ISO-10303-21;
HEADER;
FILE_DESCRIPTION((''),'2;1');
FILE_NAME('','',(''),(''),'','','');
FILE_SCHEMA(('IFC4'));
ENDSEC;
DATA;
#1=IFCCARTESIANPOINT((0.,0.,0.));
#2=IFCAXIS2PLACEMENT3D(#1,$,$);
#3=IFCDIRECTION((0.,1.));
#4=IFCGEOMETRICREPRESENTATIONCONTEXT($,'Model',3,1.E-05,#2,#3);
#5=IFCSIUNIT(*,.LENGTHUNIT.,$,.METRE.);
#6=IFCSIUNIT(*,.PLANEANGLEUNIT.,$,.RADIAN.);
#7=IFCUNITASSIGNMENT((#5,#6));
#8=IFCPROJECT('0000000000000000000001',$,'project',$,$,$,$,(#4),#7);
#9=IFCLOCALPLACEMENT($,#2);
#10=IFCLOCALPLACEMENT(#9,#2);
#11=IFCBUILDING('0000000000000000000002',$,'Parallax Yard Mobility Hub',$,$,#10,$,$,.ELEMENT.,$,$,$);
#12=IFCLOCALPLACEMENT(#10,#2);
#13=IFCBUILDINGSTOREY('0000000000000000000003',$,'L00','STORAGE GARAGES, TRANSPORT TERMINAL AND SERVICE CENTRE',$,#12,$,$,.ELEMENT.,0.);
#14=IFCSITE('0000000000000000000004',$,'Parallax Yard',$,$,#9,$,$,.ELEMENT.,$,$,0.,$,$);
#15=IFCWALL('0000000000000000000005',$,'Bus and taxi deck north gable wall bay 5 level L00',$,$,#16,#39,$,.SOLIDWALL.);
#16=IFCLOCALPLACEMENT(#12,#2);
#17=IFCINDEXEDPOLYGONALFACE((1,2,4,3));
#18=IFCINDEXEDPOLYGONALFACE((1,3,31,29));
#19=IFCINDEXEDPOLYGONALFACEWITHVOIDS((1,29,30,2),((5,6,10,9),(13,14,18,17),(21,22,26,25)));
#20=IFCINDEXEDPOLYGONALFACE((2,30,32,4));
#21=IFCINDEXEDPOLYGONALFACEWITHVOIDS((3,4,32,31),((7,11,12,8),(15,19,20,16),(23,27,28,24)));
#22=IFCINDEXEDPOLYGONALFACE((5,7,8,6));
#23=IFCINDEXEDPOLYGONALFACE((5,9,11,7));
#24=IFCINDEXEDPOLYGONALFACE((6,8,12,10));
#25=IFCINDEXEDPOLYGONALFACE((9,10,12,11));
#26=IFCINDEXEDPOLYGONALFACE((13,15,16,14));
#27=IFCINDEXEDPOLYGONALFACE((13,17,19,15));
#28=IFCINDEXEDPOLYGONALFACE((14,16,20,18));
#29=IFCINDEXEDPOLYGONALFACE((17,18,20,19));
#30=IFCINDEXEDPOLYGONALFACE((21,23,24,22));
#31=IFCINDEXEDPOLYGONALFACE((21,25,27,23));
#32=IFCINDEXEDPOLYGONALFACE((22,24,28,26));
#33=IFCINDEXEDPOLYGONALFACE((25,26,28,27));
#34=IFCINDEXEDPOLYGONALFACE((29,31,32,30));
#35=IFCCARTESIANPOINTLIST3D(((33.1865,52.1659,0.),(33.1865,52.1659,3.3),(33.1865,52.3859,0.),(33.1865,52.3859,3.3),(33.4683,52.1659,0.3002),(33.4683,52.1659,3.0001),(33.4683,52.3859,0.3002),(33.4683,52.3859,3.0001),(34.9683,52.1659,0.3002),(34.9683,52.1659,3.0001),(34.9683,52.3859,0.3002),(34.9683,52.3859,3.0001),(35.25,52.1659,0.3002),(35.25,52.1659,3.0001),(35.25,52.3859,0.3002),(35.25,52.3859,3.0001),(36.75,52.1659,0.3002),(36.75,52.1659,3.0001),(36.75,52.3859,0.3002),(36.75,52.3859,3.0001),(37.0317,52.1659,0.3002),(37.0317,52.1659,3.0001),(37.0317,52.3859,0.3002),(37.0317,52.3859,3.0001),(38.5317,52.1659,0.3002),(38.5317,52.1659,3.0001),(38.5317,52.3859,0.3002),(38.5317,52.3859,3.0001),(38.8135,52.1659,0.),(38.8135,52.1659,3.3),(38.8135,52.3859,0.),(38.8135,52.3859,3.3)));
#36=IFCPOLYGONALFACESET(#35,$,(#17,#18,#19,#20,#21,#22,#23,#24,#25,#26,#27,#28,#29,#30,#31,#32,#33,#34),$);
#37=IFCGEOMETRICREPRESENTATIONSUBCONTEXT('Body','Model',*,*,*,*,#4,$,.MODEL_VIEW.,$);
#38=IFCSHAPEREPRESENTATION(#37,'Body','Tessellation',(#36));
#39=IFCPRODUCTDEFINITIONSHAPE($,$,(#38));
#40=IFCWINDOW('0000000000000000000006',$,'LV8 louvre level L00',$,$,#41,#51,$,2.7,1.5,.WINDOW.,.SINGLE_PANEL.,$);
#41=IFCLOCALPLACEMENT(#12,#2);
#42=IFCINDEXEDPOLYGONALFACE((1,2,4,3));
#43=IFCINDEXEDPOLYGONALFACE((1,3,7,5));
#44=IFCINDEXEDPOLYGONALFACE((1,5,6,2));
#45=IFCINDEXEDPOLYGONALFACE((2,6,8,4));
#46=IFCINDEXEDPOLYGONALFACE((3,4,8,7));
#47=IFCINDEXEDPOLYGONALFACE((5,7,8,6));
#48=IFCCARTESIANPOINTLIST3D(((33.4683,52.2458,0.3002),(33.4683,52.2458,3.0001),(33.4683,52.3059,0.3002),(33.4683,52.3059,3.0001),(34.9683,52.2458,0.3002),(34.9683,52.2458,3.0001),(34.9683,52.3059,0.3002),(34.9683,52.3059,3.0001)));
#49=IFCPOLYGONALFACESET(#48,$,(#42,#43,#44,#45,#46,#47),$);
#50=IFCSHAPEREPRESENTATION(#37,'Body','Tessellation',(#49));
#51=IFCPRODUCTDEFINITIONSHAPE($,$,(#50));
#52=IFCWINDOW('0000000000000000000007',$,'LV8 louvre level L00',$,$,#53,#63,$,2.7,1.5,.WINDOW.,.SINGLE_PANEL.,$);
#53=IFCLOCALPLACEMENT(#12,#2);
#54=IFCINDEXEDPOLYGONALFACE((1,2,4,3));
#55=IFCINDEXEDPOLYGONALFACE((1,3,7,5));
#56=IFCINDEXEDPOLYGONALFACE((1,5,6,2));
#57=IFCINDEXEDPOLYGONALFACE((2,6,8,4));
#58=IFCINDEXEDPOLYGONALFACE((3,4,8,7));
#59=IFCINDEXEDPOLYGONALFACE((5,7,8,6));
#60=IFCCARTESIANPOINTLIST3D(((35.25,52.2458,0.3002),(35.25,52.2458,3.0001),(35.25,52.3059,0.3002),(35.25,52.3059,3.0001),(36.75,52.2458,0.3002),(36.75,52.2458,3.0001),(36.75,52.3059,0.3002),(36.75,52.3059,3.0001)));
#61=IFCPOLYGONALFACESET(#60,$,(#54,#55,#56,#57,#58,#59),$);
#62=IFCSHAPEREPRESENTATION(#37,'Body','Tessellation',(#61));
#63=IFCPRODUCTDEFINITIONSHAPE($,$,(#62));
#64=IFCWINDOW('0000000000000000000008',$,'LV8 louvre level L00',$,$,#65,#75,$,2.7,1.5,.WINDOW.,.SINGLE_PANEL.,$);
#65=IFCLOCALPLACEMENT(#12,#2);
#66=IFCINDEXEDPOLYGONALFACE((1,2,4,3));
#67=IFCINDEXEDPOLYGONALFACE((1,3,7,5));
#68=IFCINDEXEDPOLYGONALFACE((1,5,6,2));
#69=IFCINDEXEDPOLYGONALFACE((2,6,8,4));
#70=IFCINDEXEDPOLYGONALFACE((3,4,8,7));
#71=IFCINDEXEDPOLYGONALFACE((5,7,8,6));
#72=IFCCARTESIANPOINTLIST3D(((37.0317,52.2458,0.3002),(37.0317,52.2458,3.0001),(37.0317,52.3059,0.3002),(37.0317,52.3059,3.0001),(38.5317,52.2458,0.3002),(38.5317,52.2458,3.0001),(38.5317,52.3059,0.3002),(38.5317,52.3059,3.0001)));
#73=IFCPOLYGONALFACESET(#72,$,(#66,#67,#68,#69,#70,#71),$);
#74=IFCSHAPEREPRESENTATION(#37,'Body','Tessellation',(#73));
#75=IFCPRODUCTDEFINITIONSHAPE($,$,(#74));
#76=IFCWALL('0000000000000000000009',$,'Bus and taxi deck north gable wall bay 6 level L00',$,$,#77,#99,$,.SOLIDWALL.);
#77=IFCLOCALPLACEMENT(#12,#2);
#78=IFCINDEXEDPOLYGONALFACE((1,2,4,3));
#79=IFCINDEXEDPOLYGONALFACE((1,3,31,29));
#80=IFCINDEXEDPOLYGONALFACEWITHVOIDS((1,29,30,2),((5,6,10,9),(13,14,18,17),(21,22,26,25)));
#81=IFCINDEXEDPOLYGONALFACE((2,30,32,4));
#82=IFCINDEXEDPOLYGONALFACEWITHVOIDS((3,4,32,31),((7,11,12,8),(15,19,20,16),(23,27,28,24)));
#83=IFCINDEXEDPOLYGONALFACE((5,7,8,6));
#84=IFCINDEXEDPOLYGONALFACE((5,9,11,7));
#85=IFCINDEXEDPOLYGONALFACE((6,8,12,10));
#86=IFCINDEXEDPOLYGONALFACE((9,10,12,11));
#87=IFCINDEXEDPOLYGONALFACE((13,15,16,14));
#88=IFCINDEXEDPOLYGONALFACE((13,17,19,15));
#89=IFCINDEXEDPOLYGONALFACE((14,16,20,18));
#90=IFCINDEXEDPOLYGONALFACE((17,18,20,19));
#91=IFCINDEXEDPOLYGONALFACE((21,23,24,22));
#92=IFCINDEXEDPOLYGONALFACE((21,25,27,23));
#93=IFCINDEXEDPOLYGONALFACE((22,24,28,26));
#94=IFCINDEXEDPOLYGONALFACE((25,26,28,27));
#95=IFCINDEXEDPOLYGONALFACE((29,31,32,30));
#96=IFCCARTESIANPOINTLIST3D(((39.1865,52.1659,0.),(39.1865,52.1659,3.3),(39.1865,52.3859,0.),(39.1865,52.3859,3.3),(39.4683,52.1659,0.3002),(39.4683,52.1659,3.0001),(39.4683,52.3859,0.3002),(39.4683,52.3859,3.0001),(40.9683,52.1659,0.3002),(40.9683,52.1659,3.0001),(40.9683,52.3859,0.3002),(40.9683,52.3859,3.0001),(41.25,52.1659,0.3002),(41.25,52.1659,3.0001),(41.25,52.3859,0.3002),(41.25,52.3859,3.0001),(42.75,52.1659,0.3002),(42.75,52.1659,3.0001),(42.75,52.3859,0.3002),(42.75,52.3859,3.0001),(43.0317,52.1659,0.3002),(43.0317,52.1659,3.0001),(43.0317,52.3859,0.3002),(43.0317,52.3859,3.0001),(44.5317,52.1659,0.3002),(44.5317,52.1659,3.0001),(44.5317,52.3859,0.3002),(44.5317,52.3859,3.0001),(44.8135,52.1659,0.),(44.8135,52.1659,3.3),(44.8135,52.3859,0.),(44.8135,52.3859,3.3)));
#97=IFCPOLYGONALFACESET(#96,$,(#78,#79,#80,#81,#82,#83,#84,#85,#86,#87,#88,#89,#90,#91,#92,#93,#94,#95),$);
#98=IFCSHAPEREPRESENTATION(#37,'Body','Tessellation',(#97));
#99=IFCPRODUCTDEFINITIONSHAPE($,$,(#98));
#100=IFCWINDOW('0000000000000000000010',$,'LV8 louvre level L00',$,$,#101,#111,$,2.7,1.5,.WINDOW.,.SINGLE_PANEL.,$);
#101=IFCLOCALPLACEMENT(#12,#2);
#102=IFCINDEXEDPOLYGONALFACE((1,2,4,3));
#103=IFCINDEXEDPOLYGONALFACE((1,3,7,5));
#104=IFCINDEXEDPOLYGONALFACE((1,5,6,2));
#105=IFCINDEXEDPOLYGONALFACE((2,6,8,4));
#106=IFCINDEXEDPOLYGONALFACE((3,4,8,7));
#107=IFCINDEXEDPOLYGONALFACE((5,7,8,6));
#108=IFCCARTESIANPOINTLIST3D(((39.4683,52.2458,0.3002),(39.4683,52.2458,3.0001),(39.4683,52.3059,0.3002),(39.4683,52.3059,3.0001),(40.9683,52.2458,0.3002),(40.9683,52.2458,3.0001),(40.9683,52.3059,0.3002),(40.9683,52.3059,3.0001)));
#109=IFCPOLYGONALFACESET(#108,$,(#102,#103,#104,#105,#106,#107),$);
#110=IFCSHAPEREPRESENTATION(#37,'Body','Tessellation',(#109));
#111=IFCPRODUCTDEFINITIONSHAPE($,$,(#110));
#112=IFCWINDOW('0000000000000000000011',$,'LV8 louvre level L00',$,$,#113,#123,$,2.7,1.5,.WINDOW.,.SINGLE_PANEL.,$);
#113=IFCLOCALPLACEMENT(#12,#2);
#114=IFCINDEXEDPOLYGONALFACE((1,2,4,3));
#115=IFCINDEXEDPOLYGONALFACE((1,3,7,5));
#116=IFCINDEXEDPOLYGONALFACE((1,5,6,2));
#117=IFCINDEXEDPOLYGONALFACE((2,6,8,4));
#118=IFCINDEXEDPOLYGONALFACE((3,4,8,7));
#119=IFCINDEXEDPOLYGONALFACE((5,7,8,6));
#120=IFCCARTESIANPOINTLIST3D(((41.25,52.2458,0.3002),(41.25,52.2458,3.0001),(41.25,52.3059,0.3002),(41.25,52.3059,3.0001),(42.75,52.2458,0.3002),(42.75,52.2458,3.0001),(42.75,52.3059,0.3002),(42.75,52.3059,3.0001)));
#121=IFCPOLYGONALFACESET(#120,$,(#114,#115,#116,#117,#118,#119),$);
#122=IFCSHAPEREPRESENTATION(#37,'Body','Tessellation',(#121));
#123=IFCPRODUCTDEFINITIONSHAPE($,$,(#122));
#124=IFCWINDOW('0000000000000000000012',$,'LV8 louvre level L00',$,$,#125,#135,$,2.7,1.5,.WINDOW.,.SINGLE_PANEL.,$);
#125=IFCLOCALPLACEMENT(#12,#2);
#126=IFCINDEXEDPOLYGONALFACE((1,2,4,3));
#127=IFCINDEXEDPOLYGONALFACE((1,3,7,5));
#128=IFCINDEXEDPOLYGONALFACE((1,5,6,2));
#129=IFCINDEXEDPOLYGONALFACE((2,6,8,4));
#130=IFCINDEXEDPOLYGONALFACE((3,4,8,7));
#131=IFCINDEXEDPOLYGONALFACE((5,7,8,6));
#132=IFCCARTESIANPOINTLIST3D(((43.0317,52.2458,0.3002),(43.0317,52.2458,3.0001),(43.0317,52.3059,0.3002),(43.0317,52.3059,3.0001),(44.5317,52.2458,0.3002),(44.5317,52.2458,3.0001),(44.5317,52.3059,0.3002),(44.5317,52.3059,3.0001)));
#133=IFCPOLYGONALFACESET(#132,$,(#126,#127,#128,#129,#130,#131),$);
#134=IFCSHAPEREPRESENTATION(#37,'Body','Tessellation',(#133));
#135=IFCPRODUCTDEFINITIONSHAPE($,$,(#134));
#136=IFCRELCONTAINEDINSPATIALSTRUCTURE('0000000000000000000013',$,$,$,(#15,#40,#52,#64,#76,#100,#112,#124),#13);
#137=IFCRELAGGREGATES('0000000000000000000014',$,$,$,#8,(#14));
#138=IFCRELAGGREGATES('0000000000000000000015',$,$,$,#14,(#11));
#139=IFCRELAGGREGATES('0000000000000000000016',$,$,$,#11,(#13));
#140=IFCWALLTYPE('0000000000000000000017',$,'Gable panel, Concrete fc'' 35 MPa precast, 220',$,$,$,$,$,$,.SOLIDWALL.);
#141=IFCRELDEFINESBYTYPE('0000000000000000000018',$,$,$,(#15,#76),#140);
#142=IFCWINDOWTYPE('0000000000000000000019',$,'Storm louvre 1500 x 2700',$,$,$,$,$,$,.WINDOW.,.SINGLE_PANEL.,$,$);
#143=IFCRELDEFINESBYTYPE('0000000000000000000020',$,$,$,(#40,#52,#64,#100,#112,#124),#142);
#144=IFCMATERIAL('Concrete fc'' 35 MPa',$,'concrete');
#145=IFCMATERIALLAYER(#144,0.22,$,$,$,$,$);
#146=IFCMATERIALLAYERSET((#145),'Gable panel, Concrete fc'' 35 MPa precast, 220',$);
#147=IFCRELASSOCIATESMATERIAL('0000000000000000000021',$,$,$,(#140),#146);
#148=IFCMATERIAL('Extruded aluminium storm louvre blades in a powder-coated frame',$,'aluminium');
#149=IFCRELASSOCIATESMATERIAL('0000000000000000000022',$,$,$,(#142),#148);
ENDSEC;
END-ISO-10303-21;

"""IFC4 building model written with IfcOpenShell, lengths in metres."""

from ifc_helpers import new_model, si_unit, direction, frame, frame_2d, origin, place, context, subcontext, project, spatial, rectangle, extrude, material, layer, layer_set, type_object, element, fill, save


model = new_model("IFC4")

# Units and contexts
model_context = context("Model", 3, precision=1e-05, world=origin(), true_north=direction((0.0, 1.0)))
body_context = subcontext(model_context, "Body", "Model", "MODEL_VIEW")
ifc_project = project(units=[si_unit("LENGTHUNIT", "METRE"), si_unit("PLANEANGLEUNIT", "RADIAN")], contexts=[model_context])

# Site, building, storey
site_placement = place(None, origin())
site = spatial("IfcSite", under=ifc_project, at=site_placement, Name="Parallax Yard", CompositionType="ELEMENT", RefElevation=0.0)
building_placement = place(site_placement, origin())
building = spatial("IfcBuilding", under=site, at=building_placement, Name="Parallax Yard Mobility Hub", CompositionType="ELEMENT")
storey_placement = place(building_placement, origin())
storey = spatial("IfcBuildingStorey", under=building, at=storey_placement, Name="L00", Description="STORAGE GARAGES, TRANSPORT TERMINAL AND SERVICE CENTRE", CompositionType="ELEMENT", Elevation=0.0)

# Walls, openings, windows
ifc_material_1 = material(Name="Concrete fc' 35 MPa", Category="concrete")
ifc_layer = layer(ifc_material_1, 0.22)
ifc_layer_set = layer_set([ifc_layer], Name="Gable panel, Concrete fc' 35 MPa precast, 220")
wall_type = type_object("IfcWallType", Name="Gable panel, Concrete fc' 35 MPa precast, 220", PredefinedType="SOLIDWALL", material=ifc_layer_set)
wall_1_placement = place(storey_placement, frame((33.1865, 52.2759, 0.0), z_axis=(0.0, 0.0, 1.0), x_axis=(1.0, 0.0, 0.0)))
wall_1 = element("IfcWall", 1, at=wall_1_placement, inside=storey, type_object=wall_type, Name="Bus and taxi deck north gable wall bay 5 level L00", PredefinedType="SOLIDWALL", context=body_context, shape_type="SweptSolid", body=[
    extrude(rectangle(XDim=5.627, YDim=0.22, at=frame_2d((2.8135, 0.0))), origin(), (0.0, 0.0, 1.0), 3.3),
])
opening_1_placement = place(wall_1_placement, frame((0.2817, 0.0, 0.3)))
opening_1 = element("IfcOpeningElement", 2, at=opening_1_placement, cuts=wall_1, PredefinedType="OPENING", context=body_context, shape_type="SweptSolid", body=[
    extrude(rectangle(XDim=1.5, YDim=2.7, at=frame_2d((0.75, 1.3501))), frame((0.0, 0.1201, 0.0), z_axis=(0.0, -1.0, 0.0), x_axis=(1.0, 0.0, 0.0)), (0.0, 0.0, 1.0), 0.24),
])
opening_2_placement = place(wall_1_placement, frame((2.0635, 0.0, 0.3)))
opening_2 = element("IfcOpeningElement", 3, at=opening_2_placement, cuts=wall_1, PredefinedType="OPENING", context=body_context, shape_type="SweptSolid", body=[
    extrude(rectangle(XDim=1.5, YDim=2.7, at=frame_2d((0.75, 1.3501))), frame((0.0, 0.1201, 0.0), z_axis=(0.0, -1.0, 0.0), x_axis=(1.0, 0.0, 0.0)), (0.0, 0.0, 1.0), 0.24),
])
opening_3_placement = place(wall_1_placement, frame((3.8452, 0.0, 0.3)))
opening_3 = element("IfcOpeningElement", 4, at=opening_3_placement, cuts=wall_1, PredefinedType="OPENING", context=body_context, shape_type="SweptSolid", body=[
    extrude(rectangle(XDim=1.5, YDim=2.7, at=frame_2d((0.75, 1.3501))), frame((0.0, 0.1201, 0.0), z_axis=(0.0, -1.0, 0.0), x_axis=(1.0, 0.0, 0.0)), (0.0, 0.0, 1.0), 0.24),
])
ifc_material_2 = material(Name="Extruded aluminium storm louvre blades in a powder-coated frame", Category="aluminium")
window_type = type_object("IfcWindowType", Name="Storm louvre 1500 x 2700", PartitioningType="SINGLE_PANEL", PredefinedType="WINDOW", material=ifc_material_2)
window_1_placement = place(opening_1_placement, origin())
window_1 = element("IfcWindow", 5, at=window_1_placement, inside=storey, type_object=window_type, Name="LV8 louvre level L00", OverallHeight=2.7, OverallWidth=1.5, PartitioningType="SINGLE_PANEL", PredefinedType="WINDOW", context=body_context, shape_type="SweptSolid", body=[
    extrude(rectangle(XDim=1.5, YDim=2.7, at=frame_2d((0.75, 1.3501))), frame((0.0, 0.03, 0.0), z_axis=(0.0, -1.0, 0.0), x_axis=(1.0, 0.0, 0.0)), (0.0, 0.0, 1.0), 0.0601),
])
fill(opening_1, window_1)
window_2_placement = place(opening_2_placement, origin())
window_2 = element("IfcWindow", 6, at=window_2_placement, inside=storey, type_object=window_type, Name="LV8 louvre level L00", OverallHeight=2.7, OverallWidth=1.5, PartitioningType="SINGLE_PANEL", PredefinedType="WINDOW", context=body_context, shape_type="SweptSolid", body=[
    extrude(rectangle(XDim=1.5, YDim=2.7, at=frame_2d((0.75, 1.3501))), frame((0.0, 0.03, 0.0), z_axis=(0.0, -1.0, 0.0), x_axis=(1.0, 0.0, 0.0)), (0.0, 0.0, 1.0), 0.0601),
])
fill(opening_2, window_2)
window_3_placement = place(opening_3_placement, origin())
window_3 = element("IfcWindow", 7, at=window_3_placement, inside=storey, type_object=window_type, Name="LV8 louvre level L00", OverallHeight=2.7, OverallWidth=1.5, PartitioningType="SINGLE_PANEL", PredefinedType="WINDOW", context=body_context, shape_type="SweptSolid", body=[
    extrude(rectangle(XDim=1.5, YDim=2.7, at=frame_2d((0.75, 1.3501))), frame((0.0, 0.03, 0.0), z_axis=(0.0, -1.0, 0.0), x_axis=(1.0, 0.0, 0.0)), (0.0, 0.0, 1.0), 0.0601),
])
fill(opening_3, window_3)
wall_2_placement = place(storey_placement, frame((39.1865, 52.2759, 0.0), z_axis=(0.0, 0.0, 1.0), x_axis=(1.0, 0.0, 0.0)))
wall_2 = element("IfcWall", 8, at=wall_2_placement, inside=storey, type_object=wall_type, Name="Bus and taxi deck north gable wall bay 6 level L00", PredefinedType="SOLIDWALL", context=body_context, shape_type="SweptSolid", body=[
    extrude(rectangle(XDim=5.627, YDim=0.22, at=frame_2d((2.8135, 0.0))), origin(), (0.0, 0.0, 1.0), 3.3),
])
opening_4_placement = place(wall_2_placement, frame((0.2817, 0.0, 0.3)))
opening_4 = element("IfcOpeningElement", 9, at=opening_4_placement, cuts=wall_2, PredefinedType="OPENING", context=body_context, shape_type="SweptSolid", body=[
    extrude(rectangle(XDim=1.5, YDim=2.7, at=frame_2d((0.75, 1.3501))), frame((0.0, 0.1201, 0.0), z_axis=(0.0, -1.0, 0.0), x_axis=(1.0, 0.0, 0.0)), (0.0, 0.0, 1.0), 0.24),
])
opening_5_placement = place(wall_2_placement, frame((2.0635, 0.0, 0.3)))
opening_5 = element("IfcOpeningElement", 10, at=opening_5_placement, cuts=wall_2, PredefinedType="OPENING", context=body_context, shape_type="SweptSolid", body=[
    extrude(rectangle(XDim=1.5, YDim=2.7, at=frame_2d((0.75, 1.3501))), frame((0.0, 0.1201, 0.0), z_axis=(0.0, -1.0, 0.0), x_axis=(1.0, 0.0, 0.0)), (0.0, 0.0, 1.0), 0.24),
])
opening_6_placement = place(wall_2_placement, frame((3.8452, 0.0, 0.3)))
opening_6 = element("IfcOpeningElement", 11, at=opening_6_placement, cuts=wall_2, PredefinedType="OPENING", context=body_context, shape_type="SweptSolid", body=[
    extrude(rectangle(XDim=1.5, YDim=2.7, at=frame_2d((0.75, 1.3501))), frame((0.0, 0.1201, 0.0), z_axis=(0.0, -1.0, 0.0), x_axis=(1.0, 0.0, 0.0)), (0.0, 0.0, 1.0), 0.24),
])
window_4_placement = place(opening_4_placement, origin())
window_4 = element("IfcWindow", 12, at=window_4_placement, inside=storey, type_object=window_type, Name="LV8 louvre level L00", OverallHeight=2.7, OverallWidth=1.5, PartitioningType="SINGLE_PANEL", PredefinedType="WINDOW", context=body_context, shape_type="SweptSolid", body=[
    extrude(rectangle(XDim=1.5, YDim=2.7, at=frame_2d((0.75, 1.3501))), frame((0.0, 0.03, 0.0), z_axis=(0.0, -1.0, 0.0), x_axis=(1.0, 0.0, 0.0)), (0.0, 0.0, 1.0), 0.0601),
])
fill(opening_4, window_4)
window_5_placement = place(opening_5_placement, origin())
window_5 = element("IfcWindow", 13, at=window_5_placement, inside=storey, type_object=window_type, Name="LV8 louvre level L00", OverallHeight=2.7, OverallWidth=1.5, PartitioningType="SINGLE_PANEL", PredefinedType="WINDOW", context=body_context, shape_type="SweptSolid", body=[
    extrude(rectangle(XDim=1.5, YDim=2.7, at=frame_2d((0.75, 1.3501))), frame((0.0, 0.03, 0.0), z_axis=(0.0, -1.0, 0.0), x_axis=(1.0, 0.0, 0.0)), (0.0, 0.0, 1.0), 0.0601),
])
fill(opening_5, window_5)
window_6_placement = place(opening_6_placement, origin())
window_6 = element("IfcWindow", 14, at=window_6_placement, inside=storey, type_object=window_type, Name="LV8 louvre level L00", OverallHeight=2.7, OverallWidth=1.5, PartitioningType="SINGLE_PANEL", PredefinedType="WINDOW", context=body_context, shape_type="SweptSolid", body=[
    extrude(rectangle(XDim=1.5, YDim=2.7, at=frame_2d((0.75, 1.3501))), frame((0.0, 0.03, 0.0), z_axis=(0.0, -1.0, 0.0), x_axis=(1.0, 0.0, 0.0)), (0.0, 0.0, 1.0), 0.0601),
])
fill(opening_6, window_6)

save(model, "model.ifc")
